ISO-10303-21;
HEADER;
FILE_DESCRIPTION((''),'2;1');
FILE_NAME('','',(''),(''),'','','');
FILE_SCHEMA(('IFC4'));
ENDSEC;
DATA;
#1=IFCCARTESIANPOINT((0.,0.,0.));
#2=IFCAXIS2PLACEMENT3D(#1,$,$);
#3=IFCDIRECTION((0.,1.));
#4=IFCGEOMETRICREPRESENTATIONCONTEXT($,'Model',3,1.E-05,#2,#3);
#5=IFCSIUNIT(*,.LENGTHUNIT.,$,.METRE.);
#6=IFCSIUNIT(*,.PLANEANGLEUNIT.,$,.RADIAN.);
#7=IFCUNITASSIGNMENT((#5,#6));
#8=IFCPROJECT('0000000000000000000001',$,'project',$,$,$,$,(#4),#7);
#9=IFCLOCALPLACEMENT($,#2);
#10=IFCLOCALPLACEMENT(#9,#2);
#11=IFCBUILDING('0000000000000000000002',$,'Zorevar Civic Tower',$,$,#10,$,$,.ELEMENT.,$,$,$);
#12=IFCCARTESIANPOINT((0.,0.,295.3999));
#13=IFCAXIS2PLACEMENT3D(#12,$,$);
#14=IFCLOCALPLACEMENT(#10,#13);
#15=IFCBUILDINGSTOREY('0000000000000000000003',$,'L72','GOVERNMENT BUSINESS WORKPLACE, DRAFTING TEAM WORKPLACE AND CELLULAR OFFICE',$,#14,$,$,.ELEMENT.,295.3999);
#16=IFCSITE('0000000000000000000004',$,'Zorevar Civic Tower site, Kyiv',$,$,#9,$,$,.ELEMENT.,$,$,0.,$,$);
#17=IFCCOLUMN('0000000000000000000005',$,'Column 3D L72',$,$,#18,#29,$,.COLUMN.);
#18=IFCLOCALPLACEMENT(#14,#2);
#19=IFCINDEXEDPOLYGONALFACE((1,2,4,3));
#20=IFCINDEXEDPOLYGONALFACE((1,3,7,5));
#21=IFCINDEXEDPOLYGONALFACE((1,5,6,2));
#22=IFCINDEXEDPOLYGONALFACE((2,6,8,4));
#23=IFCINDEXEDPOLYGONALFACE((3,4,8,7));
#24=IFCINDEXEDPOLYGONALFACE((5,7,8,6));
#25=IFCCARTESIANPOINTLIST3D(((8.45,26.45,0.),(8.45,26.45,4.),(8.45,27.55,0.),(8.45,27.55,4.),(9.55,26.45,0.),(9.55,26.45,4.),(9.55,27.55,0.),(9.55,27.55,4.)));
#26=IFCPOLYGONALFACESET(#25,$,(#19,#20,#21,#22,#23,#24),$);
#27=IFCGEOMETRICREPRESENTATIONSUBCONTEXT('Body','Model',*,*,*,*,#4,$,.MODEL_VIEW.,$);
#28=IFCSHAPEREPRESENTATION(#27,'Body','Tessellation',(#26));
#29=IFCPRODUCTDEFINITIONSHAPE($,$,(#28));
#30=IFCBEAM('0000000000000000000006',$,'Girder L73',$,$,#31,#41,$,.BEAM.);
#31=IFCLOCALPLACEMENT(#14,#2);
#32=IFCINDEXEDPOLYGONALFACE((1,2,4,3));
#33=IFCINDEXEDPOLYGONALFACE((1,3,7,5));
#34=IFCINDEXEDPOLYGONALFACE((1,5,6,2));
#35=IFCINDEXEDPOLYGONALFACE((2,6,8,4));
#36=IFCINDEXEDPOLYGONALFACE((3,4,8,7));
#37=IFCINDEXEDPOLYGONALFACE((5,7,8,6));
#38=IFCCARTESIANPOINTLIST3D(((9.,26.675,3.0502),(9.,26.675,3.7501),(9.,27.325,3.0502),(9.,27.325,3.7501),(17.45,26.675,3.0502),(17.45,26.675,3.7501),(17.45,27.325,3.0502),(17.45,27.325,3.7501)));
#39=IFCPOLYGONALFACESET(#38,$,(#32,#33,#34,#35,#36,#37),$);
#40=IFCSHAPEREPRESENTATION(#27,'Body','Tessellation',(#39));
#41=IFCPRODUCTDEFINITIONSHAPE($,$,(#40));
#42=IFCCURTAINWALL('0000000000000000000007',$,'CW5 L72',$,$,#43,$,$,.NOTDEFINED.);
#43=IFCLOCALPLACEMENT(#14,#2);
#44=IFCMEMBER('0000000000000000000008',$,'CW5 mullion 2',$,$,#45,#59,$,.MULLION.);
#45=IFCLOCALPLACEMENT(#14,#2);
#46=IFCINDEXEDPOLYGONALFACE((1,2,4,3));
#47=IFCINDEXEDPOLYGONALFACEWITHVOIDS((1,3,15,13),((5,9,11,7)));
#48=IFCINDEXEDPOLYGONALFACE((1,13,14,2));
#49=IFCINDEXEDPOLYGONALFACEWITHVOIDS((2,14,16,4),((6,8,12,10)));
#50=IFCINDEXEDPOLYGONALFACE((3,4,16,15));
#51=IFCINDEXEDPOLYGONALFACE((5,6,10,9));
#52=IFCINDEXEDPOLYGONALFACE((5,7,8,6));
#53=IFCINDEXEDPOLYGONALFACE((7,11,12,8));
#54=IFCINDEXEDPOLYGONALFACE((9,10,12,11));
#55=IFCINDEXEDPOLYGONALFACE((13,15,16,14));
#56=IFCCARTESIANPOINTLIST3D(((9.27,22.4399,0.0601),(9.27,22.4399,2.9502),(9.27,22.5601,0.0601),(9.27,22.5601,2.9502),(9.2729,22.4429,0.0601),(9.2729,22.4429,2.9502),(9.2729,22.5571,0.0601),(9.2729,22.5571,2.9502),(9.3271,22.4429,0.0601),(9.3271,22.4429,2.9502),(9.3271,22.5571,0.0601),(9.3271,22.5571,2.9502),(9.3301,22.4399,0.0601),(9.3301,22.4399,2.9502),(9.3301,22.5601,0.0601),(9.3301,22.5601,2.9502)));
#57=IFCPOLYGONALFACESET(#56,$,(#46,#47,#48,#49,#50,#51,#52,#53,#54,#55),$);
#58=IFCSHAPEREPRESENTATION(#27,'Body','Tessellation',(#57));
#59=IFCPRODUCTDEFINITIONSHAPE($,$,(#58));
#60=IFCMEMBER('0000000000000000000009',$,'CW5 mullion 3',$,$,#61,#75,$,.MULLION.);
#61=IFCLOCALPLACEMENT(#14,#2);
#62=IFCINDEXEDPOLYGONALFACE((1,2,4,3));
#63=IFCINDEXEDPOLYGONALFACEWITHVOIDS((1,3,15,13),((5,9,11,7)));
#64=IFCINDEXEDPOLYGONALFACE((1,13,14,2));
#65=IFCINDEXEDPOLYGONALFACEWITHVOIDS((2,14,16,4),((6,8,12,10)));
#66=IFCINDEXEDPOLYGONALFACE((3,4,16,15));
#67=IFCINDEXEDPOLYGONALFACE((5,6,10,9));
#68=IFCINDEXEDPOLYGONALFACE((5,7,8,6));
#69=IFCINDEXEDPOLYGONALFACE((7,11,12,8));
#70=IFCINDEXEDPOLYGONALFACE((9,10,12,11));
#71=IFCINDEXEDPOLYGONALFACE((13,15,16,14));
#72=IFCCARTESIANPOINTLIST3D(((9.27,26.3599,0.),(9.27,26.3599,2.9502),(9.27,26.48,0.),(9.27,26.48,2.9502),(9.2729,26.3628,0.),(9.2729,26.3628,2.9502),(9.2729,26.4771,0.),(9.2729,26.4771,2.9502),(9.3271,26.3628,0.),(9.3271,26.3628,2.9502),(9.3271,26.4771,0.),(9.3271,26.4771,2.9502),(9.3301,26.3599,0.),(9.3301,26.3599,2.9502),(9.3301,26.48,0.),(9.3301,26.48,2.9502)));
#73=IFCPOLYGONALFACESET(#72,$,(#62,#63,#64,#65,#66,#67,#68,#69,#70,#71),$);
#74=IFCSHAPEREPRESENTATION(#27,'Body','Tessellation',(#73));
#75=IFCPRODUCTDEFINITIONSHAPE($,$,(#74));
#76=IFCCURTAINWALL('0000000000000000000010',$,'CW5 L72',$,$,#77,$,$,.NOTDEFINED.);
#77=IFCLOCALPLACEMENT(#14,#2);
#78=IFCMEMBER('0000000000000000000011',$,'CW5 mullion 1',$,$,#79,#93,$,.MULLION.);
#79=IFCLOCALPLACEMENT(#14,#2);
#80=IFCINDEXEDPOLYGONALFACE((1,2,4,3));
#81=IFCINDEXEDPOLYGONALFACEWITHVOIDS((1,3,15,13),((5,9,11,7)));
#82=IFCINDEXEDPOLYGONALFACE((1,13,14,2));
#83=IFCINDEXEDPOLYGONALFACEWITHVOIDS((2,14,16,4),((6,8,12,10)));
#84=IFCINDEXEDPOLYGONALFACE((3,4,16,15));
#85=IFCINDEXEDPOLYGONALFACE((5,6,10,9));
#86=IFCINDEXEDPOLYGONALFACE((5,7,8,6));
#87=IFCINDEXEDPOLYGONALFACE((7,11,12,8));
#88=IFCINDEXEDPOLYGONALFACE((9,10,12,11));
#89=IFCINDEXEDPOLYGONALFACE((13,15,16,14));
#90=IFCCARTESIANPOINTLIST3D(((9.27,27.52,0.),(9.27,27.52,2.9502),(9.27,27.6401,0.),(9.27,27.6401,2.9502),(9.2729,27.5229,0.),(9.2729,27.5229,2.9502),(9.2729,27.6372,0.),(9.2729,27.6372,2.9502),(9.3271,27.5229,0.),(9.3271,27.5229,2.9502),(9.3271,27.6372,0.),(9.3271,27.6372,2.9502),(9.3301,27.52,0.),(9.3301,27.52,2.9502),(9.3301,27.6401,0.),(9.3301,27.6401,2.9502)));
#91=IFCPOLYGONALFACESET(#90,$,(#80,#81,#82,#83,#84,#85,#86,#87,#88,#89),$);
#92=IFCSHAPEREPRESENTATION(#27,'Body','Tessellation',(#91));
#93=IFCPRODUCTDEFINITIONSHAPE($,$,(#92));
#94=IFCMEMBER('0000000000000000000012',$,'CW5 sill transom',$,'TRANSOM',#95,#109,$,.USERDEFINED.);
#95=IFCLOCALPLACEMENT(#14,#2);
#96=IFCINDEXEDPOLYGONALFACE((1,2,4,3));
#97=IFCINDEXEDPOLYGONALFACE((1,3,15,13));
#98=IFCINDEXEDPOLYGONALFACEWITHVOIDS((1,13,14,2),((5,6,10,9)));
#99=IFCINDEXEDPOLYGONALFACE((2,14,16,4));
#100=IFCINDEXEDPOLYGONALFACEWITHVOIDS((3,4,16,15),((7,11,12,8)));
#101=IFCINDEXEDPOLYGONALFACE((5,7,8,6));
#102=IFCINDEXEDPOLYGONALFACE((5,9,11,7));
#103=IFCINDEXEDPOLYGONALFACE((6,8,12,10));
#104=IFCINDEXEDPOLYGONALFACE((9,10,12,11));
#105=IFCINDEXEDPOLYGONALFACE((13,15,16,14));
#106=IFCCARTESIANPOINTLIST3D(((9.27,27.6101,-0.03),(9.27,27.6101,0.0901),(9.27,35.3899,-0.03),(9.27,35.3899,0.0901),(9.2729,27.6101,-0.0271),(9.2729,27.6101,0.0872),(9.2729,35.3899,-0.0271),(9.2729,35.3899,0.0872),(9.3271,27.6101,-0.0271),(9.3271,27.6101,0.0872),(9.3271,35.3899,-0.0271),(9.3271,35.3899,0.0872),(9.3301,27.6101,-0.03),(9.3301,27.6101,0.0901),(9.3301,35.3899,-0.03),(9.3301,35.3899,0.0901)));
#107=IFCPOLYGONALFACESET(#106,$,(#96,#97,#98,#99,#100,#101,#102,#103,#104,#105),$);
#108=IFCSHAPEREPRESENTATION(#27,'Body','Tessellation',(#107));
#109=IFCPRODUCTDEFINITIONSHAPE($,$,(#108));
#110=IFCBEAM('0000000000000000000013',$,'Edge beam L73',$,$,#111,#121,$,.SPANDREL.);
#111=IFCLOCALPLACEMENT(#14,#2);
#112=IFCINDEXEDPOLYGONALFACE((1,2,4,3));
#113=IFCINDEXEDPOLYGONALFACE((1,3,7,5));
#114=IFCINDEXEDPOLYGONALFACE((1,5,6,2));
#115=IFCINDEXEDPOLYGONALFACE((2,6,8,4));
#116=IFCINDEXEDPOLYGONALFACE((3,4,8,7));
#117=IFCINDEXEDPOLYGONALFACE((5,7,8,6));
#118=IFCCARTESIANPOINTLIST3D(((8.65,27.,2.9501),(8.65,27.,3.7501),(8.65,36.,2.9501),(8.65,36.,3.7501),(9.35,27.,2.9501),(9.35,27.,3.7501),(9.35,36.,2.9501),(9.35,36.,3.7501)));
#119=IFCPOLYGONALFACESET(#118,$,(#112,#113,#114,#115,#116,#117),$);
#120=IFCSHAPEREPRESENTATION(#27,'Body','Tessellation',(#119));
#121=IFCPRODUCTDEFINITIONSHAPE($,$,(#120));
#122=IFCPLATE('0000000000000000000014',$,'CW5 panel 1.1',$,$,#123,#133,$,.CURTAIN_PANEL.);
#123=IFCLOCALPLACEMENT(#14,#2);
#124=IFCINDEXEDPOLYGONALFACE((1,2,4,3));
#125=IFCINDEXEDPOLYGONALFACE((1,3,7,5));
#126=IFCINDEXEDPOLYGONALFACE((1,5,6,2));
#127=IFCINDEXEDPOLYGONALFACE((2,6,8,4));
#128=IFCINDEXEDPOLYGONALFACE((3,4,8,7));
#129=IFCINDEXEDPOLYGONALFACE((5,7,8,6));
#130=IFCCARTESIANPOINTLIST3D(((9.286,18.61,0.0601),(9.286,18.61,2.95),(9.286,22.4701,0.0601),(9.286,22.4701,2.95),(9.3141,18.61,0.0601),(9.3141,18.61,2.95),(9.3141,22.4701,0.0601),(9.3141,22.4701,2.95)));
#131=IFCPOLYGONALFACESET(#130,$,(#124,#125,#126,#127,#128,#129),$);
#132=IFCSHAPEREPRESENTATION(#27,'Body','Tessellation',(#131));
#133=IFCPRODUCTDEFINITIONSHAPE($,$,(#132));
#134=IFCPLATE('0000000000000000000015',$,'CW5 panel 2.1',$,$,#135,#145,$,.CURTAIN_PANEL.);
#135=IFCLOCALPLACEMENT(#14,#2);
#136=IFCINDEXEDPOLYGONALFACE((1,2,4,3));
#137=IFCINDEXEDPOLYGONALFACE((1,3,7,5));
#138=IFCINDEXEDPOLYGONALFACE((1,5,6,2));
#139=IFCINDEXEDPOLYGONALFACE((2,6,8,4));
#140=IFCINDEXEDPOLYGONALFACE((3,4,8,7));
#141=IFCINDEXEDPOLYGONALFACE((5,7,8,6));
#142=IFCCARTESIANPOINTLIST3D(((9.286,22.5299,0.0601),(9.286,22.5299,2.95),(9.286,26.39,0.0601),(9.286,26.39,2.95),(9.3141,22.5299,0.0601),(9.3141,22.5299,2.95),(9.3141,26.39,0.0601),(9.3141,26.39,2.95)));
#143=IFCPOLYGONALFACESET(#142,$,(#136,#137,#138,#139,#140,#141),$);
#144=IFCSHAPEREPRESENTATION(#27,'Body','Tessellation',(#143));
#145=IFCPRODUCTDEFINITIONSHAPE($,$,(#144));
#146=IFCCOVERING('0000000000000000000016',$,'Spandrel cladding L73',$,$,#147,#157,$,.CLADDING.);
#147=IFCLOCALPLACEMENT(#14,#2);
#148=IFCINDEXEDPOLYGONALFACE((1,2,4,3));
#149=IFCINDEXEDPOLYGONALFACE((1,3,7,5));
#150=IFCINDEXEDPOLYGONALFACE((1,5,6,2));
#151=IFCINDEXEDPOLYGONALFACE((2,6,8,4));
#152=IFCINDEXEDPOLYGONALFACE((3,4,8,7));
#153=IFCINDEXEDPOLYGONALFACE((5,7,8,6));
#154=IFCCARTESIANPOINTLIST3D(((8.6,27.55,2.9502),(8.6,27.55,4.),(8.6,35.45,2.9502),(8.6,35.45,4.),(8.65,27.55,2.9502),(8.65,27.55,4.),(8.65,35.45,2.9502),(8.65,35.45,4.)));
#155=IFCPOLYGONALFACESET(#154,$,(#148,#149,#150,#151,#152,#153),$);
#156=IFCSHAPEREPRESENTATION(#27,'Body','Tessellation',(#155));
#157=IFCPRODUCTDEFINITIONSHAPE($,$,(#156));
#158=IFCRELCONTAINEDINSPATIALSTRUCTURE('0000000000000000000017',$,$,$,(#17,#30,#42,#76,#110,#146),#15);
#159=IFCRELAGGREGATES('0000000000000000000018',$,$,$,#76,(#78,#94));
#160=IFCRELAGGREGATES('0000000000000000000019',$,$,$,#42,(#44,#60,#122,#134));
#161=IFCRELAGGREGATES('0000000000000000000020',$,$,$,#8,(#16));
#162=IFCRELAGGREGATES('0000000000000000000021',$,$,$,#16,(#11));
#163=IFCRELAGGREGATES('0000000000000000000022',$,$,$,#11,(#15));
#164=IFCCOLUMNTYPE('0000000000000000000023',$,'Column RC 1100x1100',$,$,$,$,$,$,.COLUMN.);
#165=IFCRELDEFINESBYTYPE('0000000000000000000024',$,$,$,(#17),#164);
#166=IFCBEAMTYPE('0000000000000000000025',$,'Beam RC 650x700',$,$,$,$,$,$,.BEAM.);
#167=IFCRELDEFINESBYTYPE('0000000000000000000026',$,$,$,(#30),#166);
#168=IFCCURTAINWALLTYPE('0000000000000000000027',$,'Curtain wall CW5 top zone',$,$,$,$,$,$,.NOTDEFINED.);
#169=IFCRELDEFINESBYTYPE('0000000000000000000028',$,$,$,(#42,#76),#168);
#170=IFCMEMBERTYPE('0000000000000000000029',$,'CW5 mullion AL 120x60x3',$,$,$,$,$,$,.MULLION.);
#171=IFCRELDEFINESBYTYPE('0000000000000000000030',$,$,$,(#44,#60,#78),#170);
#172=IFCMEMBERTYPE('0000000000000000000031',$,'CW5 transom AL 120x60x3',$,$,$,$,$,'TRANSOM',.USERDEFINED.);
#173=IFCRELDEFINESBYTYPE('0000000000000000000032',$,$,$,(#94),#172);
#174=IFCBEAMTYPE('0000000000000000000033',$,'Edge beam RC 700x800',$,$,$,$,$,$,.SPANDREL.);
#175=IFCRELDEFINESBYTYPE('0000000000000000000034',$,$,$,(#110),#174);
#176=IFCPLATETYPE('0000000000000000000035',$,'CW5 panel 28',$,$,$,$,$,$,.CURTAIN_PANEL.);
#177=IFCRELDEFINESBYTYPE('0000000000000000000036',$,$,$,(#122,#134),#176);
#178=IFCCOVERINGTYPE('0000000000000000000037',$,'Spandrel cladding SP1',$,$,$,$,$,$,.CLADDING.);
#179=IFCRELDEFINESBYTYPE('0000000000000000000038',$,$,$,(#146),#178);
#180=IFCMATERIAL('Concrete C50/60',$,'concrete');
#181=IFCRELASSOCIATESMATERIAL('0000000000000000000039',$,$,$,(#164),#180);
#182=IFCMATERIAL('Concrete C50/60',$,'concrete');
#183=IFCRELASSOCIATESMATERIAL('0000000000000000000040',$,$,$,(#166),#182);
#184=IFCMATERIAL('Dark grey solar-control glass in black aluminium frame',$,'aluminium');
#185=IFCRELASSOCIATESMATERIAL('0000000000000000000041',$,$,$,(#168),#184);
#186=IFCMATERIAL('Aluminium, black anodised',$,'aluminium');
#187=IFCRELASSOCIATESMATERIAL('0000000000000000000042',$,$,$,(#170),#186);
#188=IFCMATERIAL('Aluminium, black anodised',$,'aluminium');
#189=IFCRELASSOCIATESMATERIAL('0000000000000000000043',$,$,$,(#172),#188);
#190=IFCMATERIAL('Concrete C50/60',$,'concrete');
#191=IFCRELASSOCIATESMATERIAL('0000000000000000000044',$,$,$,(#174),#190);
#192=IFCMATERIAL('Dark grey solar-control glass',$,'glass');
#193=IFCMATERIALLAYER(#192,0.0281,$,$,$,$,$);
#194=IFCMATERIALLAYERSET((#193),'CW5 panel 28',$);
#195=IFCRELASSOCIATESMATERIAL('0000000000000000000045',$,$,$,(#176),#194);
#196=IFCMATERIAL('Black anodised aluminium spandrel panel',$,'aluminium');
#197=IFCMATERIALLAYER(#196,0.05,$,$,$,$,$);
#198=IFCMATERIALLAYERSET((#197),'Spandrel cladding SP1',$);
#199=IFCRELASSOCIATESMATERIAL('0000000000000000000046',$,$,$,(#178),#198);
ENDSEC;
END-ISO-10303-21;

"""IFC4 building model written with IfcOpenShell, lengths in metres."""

from ifc_helpers import new_model, si_unit, direction, frame, frame_2d, origin, origin_2d, place, context, subcontext, project, spatial, rectangle, hollow_rectangle, extrude, material, layer, layer_set, material_profile, profile_set, type_object, element, aggregate, save


model = new_model("IFC4")

# Units and contexts
model_context = context("Model", 3, precision=1e-05, world=origin(), true_north=direction((0.0, 1.0)))
body_context = subcontext(model_context, "Body", "Model", "MODEL_VIEW")
ifc_project = project(units=[si_unit("LENGTHUNIT", "METRE"), si_unit("PLANEANGLEUNIT", "RADIAN")], contexts=[model_context])

# Site, building, storey
site_placement = place(None, origin())
site = spatial("IfcSite", under=ifc_project, at=site_placement, Name="Zorevar Civic Tower site, Kyiv", CompositionType="ELEMENT", RefElevation=0.0)
building_placement = place(site_placement, origin())
building = spatial("IfcBuilding", under=site, at=building_placement, Name="Zorevar Civic Tower", CompositionType="ELEMENT")
storey_placement = place(building_placement, frame((0.0, 0.0, 295.3999)))
storey = spatial("IfcBuildingStorey", under=building, at=storey_placement, Name="L72", Description="GOVERNMENT BUSINESS WORKPLACE, DRAFTING TEAM WORKPLACE AND CELLULAR OFFICE", CompositionType="ELEMENT", Elevation=295.3999)

# Column
ifc_material_1 = material(Name="Concrete C50/60", Category="concrete")
ifc_material_profile_1 = material_profile(ifc_material_1, rectangle(XDim=1.1001, YDim=1.1001, at=origin_2d()), Name="RC 1100x1100")
ifc_profile_set_1 = profile_set([ifc_material_profile_1], Name="Concrete C50/60")
column_type = type_object("IfcColumnType", Name="Column RC 1100x1100", PredefinedType="COLUMN", material=ifc_profile_set_1)
column_placement = place(storey_placement, frame((9.0, 27.0, 0.0), z_axis=(0.0, 0.0, 1.0), x_axis=(1.0, 0.0, 0.0)))
element("IfcColumn", 1, at=column_placement, inside=storey, type_object=column_type, Name="Column 3D L72", PredefinedType="COLUMN", context=body_context, shape_type="SweptSolid", body=[
    extrude(rectangle(XDim=1.1001, YDim=1.1001, at=origin_2d()), origin(), (0.0, 0.0, 1.0), 4.0),
])

# Beam
ifc_material_2 = material(Name="Concrete C50/60", Category="concrete")
ifc_material_profile_2 = material_profile(ifc_material_2, rectangle(XDim=0.6499, YDim=0.7, at=origin_2d()), Name="RC 650x700")
ifc_profile_set_2 = profile_set([ifc_material_profile_2], Name="Concrete C50/60")
beam_type_1 = type_object("IfcBeamType", Name="Beam RC 650x700", PredefinedType="BEAM", material=ifc_profile_set_2)
beam_1_placement = place(storey_placement, frame((9.0, 27.0, 3.4001), z_axis=(1.0, 0.0, 0.0), x_axis=(0.0, 1.0, 0.0)))
element("IfcBeam", 2, at=beam_1_placement, inside=storey, type_object=beam_type_1, Name="Girder L73", PredefinedType="BEAM", context=body_context, shape_type="SweptSolid", body=[
    extrude(rectangle(XDim=0.6499, YDim=0.7, at=origin_2d()), origin(), (0.0, 0.0, 1.0), 8.45),
])

# Curtain walls, members
ifc_material_3 = material(Name="Dark grey solar-control glass in black aluminium frame", Category="aluminium")
curtain_wall_type = type_object("IfcCurtainWallType", Name="Curtain wall CW5 top zone", PredefinedType="NOTDEFINED", material=ifc_material_3)
curtain_wall_1_placement = place(storey_placement, origin())
curtain_wall_1 = element("IfcCurtainWall", 3, at=curtain_wall_1_placement, inside=storey, type_object=curtain_wall_type, Name="CW5 L72", PredefinedType="NOTDEFINED")
ifc_material_4 = material(Name="Aluminium, black anodised", Category="aluminium")
ifc_material_profile_3 = material_profile(ifc_material_4, hollow_rectangle(XDim=0.0601, YDim=0.1201, WallThickness=0.0029, at=origin_2d()), Name="AL 120x60x3")
ifc_profile_set_3 = profile_set([ifc_material_profile_3], Name="Aluminium, black anodised")
member_type_1 = type_object("IfcMemberType", Name="CW5 mullion AL 120x60x3", PredefinedType="MULLION", material=ifc_profile_set_3)
member_1_placement = place(storey_placement, frame((9.3, 22.5, 0.0601), z_axis=(0.0, 0.0, 1.0), x_axis=(-1.0, 0.0, 0.0)))
member_1 = element("IfcMember", 4, at=member_1_placement, type_object=member_type_1, Name="CW5 mullion 2", PredefinedType="MULLION", context=body_context, shape_type="SweptSolid", body=[
    extrude(hollow_rectangle(XDim=0.0601, YDim=0.1201, WallThickness=0.0029, at=origin_2d()), origin(), (0.0, 0.0, 1.0), 2.8901),
])
member_2_placement = place(storey_placement, frame((9.3, 26.4199, 0.0), z_axis=(0.0, 0.0, 1.0), x_axis=(-1.0, 0.0, 0.0)))
member_2 = element("IfcMember", 5, at=member_2_placement, type_object=member_type_1, Name="CW5 mullion 3", PredefinedType="MULLION", context=body_context, shape_type="SweptSolid", body=[
    extrude(hollow_rectangle(XDim=0.0601, YDim=0.1201, WallThickness=0.0029, at=origin_2d()), origin(), (0.0, 0.0, 1.0), 2.9502),
])
curtain_wall_2_placement = place(storey_placement, origin())
curtain_wall_2 = element("IfcCurtainWall", 6, at=curtain_wall_2_placement, inside=storey, type_object=curtain_wall_type, Name="CW5 L72", PredefinedType="NOTDEFINED")
member_3_placement = place(storey_placement, frame((9.3, 27.5801, 0.0), z_axis=(0.0, 0.0, 1.0), x_axis=(-1.0, 0.0, 0.0)))
member_3 = element("IfcMember", 7, at=member_3_placement, type_object=member_type_1, Name="CW5 mullion 1", PredefinedType="MULLION", context=body_context, shape_type="SweptSolid", body=[
    extrude(hollow_rectangle(XDim=0.0601, YDim=0.1201, WallThickness=0.0029, at=origin_2d()), origin(), (0.0, 0.0, 1.0), 2.9502),
])
ifc_material_5 = material(Name="Aluminium, black anodised", Category="aluminium")
ifc_material_profile_4 = material_profile(ifc_material_5, hollow_rectangle(XDim=0.0601, YDim=0.1201, WallThickness=0.0029, at=origin_2d()), Name="AL 120x60x3")
ifc_profile_set_4 = profile_set([ifc_material_profile_4], Name="Aluminium, black anodised")
member_type_2 = type_object("IfcMemberType", Name="CW5 transom AL 120x60x3", ElementType="TRANSOM", PredefinedType="USERDEFINED", material=ifc_profile_set_4)
member_4_placement = place(storey_placement, frame((9.3, 27.6101, 0.03), z_axis=(0.0, 1.0, 0.0), x_axis=(-1.0, 0.0, 0.0)))
member_4 = element("IfcMember", 8, at=member_4_placement, type_object=member_type_2, Name="CW5 sill transom", ObjectType="TRANSOM", PredefinedType="USERDEFINED", context=body_context, shape_type="SweptSolid", body=[
    extrude(hollow_rectangle(XDim=0.0601, YDim=0.1201, WallThickness=0.0029, at=origin_2d()), origin(), (0.0, 0.0, 1.0), 7.7798),
])
aggregate(curtain_wall_2, [member_3, member_4])

# Beam
ifc_material_6 = material(Name="Concrete C50/60", Category="concrete")
ifc_material_profile_5 = material_profile(ifc_material_6, rectangle(XDim=0.7, YDim=0.8, at=origin_2d()), Name="RC 700x800")
ifc_profile_set_5 = profile_set([ifc_material_profile_5], Name="Concrete C50/60")
beam_type_2 = type_object("IfcBeamType", Name="Edge beam RC 700x800", PredefinedType="SPANDREL", material=ifc_profile_set_5)
beam_2_placement = place(storey_placement, frame((9.0, 27.0, 3.3501), z_axis=(0.0, 1.0, 0.0), x_axis=(-1.0, 0.0, 0.0)))
element("IfcBeam", 9, at=beam_2_placement, inside=storey, type_object=beam_type_2, Name="Edge beam L73", PredefinedType="SPANDREL", context=body_context, shape_type="SweptSolid", body=[
    extrude(rectangle(XDim=0.7, YDim=0.8, at=origin_2d()), origin(), (0.0, 0.0, 1.0), 9.0),
])

# Plates
ifc_material_7 = material(Name="Dark grey solar-control glass", Category="glass")
ifc_layer_1 = layer(ifc_material_7, 0.0281)
ifc_layer_set_1 = layer_set([ifc_layer_1], Name="CW5 panel 28")
plate_type = type_object("IfcPlateType", Name="CW5 panel 28", PredefinedType="CURTAIN_PANEL", material=ifc_layer_set_1)
plate_1_placement = place(storey_placement, frame((9.3, 20.54, 0.0601), z_axis=(0.0, 0.0, 1.0), x_axis=(0.0, 1.0, 0.0)))
plate_1 = element("IfcPlate", 10, at=plate_1_placement, type_object=plate_type, Name="CW5 panel 1.1", PredefinedType="CURTAIN_PANEL", context=body_context, shape_type="SweptSolid", body=[
    extrude(rectangle(XDim=3.8601, YDim=0.0281, at=origin_2d()), origin(), (0.0, 0.0, 1.0), 2.8899),
])
plate_2_placement = place(storey_placement, frame((9.3, 24.46, 0.0601), z_axis=(0.0, 0.0, 1.0), x_axis=(0.0, 1.0, 0.0)))
plate_2 = element("IfcPlate", 11, at=plate_2_placement, type_object=plate_type, Name="CW5 panel 2.1", PredefinedType="CURTAIN_PANEL", context=body_context, shape_type="SweptSolid", body=[
    extrude(rectangle(XDim=3.8601, YDim=0.0281, at=origin_2d()), origin(), (0.0, 0.0, 1.0), 2.8899),
])
aggregate(curtain_wall_1, [member_1, member_2, plate_1, plate_2])

# Covering
ifc_material_8 = material(Name="Black anodised aluminium spandrel panel", Category="aluminium")
ifc_layer_2 = layer(ifc_material_8, 0.05)
ifc_layer_set_2 = layer_set([ifc_layer_2], Name="Spandrel cladding SP1")
covering_type = type_object("IfcCoveringType", Name="Spandrel cladding SP1", PredefinedType="CLADDING", material=ifc_layer_set_2)
covering_placement = place(storey_placement, frame((8.625, 27.55, 2.9502), z_axis=(0.0, 0.0, 1.0), x_axis=(0.0, 1.0, 0.0)))
element("IfcCovering", 12, at=covering_placement, inside=storey, type_object=covering_type, Name="Spandrel cladding L73", PredefinedType="CLADDING", context=body_context, shape_type="SweptSolid", body=[
    extrude(rectangle(XDim=7.8999, YDim=0.05, at=frame_2d((3.95, 0.0))), origin(), (0.0, 0.0, 1.0), 1.0498),
])

save(model, "model.ifc")
